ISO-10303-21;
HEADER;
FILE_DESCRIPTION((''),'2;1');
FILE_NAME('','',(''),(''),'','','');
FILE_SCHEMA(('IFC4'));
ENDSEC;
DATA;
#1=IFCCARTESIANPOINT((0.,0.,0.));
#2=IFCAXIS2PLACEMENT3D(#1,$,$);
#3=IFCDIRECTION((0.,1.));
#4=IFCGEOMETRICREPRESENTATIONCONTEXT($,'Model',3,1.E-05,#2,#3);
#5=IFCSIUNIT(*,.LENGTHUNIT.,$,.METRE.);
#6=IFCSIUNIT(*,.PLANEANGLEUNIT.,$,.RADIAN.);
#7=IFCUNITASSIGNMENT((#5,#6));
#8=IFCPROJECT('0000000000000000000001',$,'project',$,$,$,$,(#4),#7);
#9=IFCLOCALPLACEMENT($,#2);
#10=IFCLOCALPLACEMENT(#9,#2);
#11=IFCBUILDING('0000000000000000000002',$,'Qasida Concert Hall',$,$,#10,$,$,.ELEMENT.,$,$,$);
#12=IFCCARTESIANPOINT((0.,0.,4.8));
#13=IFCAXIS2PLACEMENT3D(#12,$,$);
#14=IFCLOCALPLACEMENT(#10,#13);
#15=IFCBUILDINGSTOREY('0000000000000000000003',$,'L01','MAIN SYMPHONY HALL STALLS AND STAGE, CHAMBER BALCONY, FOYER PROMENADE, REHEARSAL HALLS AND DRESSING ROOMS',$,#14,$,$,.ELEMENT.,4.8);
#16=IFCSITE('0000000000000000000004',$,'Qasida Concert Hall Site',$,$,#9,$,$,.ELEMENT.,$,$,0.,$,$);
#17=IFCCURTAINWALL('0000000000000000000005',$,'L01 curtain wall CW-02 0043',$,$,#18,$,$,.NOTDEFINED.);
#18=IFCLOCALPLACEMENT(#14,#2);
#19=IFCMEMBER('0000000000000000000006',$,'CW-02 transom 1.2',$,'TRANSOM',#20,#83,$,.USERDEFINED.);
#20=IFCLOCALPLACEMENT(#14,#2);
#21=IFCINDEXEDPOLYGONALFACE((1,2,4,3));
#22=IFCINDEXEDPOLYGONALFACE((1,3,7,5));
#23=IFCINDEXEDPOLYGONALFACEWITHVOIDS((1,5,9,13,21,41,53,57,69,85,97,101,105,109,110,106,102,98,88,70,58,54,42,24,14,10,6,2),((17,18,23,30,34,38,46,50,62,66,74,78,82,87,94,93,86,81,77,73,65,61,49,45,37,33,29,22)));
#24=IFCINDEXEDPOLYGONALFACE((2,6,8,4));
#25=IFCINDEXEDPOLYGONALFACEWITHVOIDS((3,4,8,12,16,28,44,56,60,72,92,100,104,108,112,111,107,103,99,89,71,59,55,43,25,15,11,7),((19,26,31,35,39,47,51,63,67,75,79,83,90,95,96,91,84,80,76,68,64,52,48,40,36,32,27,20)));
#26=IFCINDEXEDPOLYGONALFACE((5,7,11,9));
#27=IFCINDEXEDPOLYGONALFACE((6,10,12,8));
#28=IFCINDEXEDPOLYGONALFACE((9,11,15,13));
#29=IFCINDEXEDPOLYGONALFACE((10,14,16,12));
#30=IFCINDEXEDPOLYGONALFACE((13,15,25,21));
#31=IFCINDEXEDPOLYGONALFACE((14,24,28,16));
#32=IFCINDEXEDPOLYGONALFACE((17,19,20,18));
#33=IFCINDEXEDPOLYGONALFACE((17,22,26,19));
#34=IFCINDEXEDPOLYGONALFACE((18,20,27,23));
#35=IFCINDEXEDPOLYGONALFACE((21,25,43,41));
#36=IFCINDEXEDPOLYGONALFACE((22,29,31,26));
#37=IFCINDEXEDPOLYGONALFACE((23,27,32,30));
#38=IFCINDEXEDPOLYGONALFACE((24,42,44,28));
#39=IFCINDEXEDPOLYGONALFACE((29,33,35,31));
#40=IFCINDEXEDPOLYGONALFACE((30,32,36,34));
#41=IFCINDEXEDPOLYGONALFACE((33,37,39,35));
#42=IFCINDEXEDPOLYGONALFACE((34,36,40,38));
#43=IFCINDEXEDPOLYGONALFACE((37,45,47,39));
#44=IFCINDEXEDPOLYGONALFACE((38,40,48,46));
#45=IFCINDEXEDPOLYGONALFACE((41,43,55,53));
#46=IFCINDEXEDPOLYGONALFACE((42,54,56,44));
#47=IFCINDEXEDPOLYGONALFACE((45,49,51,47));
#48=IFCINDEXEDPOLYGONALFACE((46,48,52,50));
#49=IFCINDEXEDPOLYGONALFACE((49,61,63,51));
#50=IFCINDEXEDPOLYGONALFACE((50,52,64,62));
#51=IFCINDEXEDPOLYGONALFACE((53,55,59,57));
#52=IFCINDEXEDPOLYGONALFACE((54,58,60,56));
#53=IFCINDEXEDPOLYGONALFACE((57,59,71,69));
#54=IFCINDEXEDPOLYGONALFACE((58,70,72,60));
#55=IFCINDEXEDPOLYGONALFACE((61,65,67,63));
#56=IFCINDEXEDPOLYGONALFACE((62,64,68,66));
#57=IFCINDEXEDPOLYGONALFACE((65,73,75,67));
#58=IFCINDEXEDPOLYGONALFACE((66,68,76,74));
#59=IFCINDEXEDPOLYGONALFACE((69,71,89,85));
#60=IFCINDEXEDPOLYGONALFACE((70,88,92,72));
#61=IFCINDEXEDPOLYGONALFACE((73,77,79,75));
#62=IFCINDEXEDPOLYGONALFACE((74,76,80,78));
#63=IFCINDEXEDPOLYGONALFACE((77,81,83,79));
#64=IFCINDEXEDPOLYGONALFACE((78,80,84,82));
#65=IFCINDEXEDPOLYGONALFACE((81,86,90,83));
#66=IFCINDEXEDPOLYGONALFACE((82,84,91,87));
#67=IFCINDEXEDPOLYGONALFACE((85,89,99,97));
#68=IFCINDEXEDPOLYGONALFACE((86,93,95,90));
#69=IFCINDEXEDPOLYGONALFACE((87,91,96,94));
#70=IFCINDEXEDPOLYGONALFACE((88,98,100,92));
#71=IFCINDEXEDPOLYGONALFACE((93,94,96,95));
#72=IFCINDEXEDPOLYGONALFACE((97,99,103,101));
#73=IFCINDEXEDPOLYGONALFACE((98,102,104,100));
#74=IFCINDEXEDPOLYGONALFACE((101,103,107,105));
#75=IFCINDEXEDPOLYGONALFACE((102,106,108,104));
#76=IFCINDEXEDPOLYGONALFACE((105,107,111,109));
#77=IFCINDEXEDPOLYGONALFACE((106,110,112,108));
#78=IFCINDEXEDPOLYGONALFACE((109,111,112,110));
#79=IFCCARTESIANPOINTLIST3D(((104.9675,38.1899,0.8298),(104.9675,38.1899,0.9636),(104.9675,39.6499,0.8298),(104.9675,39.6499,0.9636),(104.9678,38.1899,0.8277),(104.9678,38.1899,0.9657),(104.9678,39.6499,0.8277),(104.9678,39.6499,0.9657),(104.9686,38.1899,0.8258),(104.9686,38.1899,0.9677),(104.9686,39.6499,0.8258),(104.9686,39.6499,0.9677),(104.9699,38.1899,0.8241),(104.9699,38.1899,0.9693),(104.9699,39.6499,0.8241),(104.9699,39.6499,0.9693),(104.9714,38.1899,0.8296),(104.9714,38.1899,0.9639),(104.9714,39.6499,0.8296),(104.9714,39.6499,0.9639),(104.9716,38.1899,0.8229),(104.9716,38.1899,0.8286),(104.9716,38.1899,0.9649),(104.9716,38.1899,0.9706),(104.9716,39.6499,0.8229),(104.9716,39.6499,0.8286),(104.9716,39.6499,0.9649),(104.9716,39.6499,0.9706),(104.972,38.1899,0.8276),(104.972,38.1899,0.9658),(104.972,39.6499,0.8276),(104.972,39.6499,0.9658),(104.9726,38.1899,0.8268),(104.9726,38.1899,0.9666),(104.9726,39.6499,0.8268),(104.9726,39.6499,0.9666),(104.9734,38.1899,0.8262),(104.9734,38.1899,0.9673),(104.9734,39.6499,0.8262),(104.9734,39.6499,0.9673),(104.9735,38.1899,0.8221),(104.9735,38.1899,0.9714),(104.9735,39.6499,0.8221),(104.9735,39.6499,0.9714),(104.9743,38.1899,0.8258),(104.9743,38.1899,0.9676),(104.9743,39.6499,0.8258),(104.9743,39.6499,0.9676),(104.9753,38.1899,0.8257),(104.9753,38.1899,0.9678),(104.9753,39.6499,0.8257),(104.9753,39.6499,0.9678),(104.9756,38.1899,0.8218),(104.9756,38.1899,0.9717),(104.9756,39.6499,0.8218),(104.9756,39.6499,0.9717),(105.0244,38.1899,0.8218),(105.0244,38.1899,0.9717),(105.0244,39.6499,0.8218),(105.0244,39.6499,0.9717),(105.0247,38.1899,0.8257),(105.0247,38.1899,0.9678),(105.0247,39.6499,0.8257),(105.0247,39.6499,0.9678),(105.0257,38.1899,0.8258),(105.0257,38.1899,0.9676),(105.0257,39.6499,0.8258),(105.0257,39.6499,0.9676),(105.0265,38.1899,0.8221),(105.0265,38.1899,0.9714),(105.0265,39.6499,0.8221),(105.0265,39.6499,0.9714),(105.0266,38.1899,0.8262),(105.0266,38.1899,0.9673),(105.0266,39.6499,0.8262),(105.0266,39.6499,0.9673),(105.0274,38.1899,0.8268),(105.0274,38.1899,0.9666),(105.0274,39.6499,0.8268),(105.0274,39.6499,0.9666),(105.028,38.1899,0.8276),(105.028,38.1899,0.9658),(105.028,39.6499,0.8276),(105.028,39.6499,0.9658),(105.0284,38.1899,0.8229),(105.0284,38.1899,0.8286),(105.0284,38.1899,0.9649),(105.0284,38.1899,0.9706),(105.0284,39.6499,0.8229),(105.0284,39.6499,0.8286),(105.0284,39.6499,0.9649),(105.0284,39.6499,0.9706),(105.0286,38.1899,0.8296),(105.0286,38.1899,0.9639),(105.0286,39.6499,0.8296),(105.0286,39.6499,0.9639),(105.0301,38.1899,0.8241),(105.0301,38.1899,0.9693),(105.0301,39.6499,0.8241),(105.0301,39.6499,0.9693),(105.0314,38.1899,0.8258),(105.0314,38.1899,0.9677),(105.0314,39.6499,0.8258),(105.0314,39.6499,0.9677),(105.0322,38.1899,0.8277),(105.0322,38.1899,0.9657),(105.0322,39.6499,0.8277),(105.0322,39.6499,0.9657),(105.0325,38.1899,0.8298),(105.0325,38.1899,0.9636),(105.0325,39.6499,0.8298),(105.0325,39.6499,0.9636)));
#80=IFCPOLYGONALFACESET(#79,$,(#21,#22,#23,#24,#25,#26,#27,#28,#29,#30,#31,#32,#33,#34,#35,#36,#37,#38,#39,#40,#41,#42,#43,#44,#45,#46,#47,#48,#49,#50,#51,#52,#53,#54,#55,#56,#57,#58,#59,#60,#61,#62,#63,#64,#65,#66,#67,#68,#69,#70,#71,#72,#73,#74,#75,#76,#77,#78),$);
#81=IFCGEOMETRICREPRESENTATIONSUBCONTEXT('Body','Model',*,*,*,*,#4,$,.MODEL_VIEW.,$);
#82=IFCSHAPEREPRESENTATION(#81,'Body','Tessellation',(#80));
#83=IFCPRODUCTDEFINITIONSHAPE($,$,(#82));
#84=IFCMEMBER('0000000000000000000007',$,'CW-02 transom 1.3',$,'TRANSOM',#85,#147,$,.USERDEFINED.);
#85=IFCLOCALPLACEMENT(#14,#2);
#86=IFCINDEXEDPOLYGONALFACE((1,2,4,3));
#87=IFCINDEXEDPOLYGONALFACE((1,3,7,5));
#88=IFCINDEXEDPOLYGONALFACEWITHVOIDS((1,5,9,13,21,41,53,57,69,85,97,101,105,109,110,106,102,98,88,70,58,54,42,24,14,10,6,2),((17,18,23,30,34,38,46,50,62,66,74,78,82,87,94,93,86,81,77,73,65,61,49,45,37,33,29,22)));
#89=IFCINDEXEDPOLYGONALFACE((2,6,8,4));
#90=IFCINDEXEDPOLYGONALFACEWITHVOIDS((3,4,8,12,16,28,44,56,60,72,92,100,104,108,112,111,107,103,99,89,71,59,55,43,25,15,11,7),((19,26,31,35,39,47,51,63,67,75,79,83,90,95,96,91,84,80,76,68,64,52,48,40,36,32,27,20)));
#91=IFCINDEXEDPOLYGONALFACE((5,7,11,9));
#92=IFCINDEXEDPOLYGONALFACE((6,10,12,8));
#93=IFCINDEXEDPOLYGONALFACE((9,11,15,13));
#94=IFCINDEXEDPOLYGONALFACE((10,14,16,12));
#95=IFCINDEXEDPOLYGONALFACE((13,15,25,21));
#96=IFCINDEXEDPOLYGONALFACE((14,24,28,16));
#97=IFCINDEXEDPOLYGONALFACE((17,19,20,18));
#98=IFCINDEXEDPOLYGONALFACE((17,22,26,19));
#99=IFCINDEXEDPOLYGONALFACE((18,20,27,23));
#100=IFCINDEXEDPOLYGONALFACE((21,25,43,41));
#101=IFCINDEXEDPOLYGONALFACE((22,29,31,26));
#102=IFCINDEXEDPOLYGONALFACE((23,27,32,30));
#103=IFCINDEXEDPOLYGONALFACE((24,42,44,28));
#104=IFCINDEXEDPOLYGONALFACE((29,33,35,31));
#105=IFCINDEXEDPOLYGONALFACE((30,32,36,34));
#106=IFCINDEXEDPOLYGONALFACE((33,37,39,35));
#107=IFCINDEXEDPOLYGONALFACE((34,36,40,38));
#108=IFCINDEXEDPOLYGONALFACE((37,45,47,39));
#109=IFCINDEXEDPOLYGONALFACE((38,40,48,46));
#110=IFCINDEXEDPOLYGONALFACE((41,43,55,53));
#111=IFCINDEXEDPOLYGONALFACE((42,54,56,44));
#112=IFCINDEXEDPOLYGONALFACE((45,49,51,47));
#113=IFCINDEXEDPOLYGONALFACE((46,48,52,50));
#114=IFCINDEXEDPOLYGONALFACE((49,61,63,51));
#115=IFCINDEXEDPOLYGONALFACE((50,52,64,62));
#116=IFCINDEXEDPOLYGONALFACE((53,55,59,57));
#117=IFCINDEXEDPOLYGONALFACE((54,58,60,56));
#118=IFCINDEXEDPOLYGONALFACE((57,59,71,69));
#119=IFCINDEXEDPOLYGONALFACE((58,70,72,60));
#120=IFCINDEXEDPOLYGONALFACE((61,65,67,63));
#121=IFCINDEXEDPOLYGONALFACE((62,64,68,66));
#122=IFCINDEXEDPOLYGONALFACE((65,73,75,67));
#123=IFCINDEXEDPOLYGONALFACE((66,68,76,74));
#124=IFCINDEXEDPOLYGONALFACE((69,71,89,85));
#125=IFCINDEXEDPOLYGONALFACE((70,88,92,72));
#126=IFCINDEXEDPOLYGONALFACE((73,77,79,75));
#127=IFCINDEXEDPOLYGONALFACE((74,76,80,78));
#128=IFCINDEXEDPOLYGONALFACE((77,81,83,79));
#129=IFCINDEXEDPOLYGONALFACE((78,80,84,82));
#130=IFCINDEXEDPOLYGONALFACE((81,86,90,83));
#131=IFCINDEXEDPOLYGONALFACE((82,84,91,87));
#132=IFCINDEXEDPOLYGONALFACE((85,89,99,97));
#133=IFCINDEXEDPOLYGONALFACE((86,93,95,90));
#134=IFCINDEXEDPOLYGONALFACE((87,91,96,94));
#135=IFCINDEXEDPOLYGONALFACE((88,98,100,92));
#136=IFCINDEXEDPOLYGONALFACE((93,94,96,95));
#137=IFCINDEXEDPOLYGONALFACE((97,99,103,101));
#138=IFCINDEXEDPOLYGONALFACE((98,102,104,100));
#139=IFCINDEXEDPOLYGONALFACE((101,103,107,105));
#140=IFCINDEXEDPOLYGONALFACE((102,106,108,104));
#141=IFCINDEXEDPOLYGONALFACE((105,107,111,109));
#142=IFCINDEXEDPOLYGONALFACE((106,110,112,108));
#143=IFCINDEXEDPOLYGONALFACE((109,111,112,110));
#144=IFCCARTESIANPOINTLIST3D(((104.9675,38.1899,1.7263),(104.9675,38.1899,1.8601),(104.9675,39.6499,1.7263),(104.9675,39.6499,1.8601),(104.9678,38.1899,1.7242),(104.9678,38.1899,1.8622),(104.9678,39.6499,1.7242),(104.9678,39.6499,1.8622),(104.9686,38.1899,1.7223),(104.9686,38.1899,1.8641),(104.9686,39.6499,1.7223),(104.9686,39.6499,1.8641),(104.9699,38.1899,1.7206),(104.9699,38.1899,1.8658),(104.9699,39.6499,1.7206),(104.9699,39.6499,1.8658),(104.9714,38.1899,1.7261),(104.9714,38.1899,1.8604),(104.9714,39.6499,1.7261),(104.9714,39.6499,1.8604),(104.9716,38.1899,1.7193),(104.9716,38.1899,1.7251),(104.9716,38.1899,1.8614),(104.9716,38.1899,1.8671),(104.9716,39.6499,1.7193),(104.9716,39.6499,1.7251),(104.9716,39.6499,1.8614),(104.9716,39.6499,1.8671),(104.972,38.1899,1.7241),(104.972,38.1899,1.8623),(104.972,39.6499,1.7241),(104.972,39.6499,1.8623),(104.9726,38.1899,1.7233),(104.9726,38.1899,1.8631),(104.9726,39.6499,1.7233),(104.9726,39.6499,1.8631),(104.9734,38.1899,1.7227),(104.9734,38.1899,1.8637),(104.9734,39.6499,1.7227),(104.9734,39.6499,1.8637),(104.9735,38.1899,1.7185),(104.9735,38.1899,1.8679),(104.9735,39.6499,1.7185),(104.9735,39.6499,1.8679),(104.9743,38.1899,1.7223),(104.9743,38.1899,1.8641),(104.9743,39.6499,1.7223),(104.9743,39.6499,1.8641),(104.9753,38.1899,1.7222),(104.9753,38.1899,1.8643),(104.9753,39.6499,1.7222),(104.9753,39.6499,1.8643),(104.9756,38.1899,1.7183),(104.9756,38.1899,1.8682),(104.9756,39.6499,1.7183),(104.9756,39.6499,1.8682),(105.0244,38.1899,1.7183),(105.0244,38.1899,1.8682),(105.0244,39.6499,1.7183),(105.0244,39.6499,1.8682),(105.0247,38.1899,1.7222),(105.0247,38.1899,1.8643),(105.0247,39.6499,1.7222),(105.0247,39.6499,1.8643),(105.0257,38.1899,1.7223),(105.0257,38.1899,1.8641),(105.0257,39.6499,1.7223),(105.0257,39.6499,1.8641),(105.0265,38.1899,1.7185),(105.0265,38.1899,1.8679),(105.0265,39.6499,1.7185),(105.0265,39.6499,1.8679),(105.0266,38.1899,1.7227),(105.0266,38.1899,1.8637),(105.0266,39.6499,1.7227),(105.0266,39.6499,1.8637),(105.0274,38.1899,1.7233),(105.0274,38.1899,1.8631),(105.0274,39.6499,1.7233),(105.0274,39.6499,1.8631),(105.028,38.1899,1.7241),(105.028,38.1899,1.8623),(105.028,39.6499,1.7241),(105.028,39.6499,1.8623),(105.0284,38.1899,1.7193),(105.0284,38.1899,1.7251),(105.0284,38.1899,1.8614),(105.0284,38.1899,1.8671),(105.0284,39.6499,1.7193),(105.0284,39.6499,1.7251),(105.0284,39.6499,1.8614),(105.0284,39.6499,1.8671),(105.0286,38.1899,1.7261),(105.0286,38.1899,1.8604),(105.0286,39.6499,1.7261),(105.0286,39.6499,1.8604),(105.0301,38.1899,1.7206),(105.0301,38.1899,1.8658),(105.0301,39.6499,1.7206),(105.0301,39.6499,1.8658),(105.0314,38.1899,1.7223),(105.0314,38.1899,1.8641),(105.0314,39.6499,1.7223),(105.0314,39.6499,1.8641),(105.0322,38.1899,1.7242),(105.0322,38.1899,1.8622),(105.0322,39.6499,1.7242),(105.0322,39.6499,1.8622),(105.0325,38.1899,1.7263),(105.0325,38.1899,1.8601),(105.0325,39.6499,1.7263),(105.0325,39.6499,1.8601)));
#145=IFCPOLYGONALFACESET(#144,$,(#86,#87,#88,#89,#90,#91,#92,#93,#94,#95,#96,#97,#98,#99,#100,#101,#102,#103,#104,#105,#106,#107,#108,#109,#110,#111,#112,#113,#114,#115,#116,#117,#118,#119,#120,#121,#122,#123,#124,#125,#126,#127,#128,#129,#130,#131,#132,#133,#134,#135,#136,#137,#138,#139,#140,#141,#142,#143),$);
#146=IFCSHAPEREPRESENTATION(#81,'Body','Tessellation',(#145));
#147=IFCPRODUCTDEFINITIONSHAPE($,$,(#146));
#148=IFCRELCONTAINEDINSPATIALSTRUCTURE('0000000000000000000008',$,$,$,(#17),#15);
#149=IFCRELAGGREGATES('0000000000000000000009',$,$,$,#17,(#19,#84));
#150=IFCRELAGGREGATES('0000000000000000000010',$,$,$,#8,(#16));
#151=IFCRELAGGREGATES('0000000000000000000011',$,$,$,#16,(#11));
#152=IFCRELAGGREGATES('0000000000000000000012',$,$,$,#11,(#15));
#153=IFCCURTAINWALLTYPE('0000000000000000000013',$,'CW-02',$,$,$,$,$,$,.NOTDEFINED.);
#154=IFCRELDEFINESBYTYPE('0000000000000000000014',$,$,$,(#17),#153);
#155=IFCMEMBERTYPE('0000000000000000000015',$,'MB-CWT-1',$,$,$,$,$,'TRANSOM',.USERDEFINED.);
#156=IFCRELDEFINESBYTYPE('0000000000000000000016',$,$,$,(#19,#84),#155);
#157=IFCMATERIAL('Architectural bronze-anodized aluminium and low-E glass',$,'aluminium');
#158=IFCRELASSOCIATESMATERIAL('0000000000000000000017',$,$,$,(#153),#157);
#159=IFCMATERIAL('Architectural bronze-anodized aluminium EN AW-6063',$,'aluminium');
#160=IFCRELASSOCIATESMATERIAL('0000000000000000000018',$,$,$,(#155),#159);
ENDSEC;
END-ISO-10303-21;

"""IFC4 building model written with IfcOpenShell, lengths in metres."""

from ifc_helpers import new_model, si_unit, direction, frame, origin, origin_2d, place, context, subcontext, project, spatial, hollow_rectangle, extrude, material, material_profile, profile_set, type_object, element, aggregate, save


model = new_model("IFC4")

# Units and contexts
model_context = context("Model", 3, precision=1e-05, world=origin(), true_north=direction((0.0, 1.0)))
body_context = subcontext(model_context, "Body", "Model", "MODEL_VIEW")
ifc_project = project(units=[si_unit("LENGTHUNIT", "METRE"), si_unit("PLANEANGLEUNIT", "RADIAN")], contexts=[model_context])

# Site, building, storey
site_placement = place(None, origin())
site = spatial("IfcSite", under=ifc_project, at=site_placement, Name="Qasida Concert Hall Site", CompositionType="ELEMENT", RefElevation=0.0)
building_placement = place(site_placement, origin())
building = spatial("IfcBuilding", under=site, at=building_placement, Name="Qasida Concert Hall", CompositionType="ELEMENT")
storey_placement = place(building_placement, frame((0.0, 0.0, 4.8)))
storey = spatial("IfcBuildingStorey", under=building, at=storey_placement, Name="L01", Description="MAIN SYMPHONY HALL STALLS AND STAGE, CHAMBER BALCONY, FOYER PROMENADE, REHEARSAL HALLS AND DRESSING ROOMS", CompositionType="ELEMENT", Elevation=4.8)

# Curtain wall, members
ifc_material_1 = material(Name="Architectural bronze-anodized aluminium and low-E glass", Category="aluminium")
curtain_wall_type = type_object("IfcCurtainWallType", Name="CW-02", PredefinedType="NOTDEFINED", material=ifc_material_1)
curtain_wall_placement = place(storey_placement, origin())
curtain_wall = element("IfcCurtainWall", 1, at=curtain_wall_placement, inside=storey, type_object=curtain_wall_type, Name="L01 curtain wall CW-02 0043", PredefinedType="NOTDEFINED")
ifc_material_2 = material(Name="Architectural bronze-anodized aluminium EN AW-6063", Category="aluminium")
ifc_material_profile_1 = material_profile(ifc_material_2, hollow_rectangle(XDim=0.0649, YDim=0.1499, WallThickness=0.0039, InnerFilletRadius=0.0039, OuterFilletRadius=0.0081, at=origin_2d()), Name="CWT 150x65x4")
ifc_profile_set_1 = profile_set([ifc_material_profile_1], Name="Architectural bronze-anodized aluminium EN AW-6063")
member_type_1 = type_object("IfcMemberType", Name="MB-CWT-1", ElementType="TRANSOM", PredefinedType="USERDEFINED", material=ifc_profile_set_1)
member_1_placement = place(storey_placement, frame((105.0, 38.1899, 0.8967), z_axis=(0.0, 1.0, 0.0), x_axis=(-1.0, 0.0, 0.0)))
member_1 = element("IfcMember", 2, at=member_1_placement, type_object=member_type_1, Name="CW-02 transom 1.2", ObjectType="TRANSOM", PredefinedType="USERDEFINED", context=body_context, shape_type="SweptSolid", body=[
    extrude(hollow_rectangle(XDim=0.0649, YDim=0.1499, WallThickness=0.0039, InnerFilletRadius=0.0039, OuterFilletRadius=0.0081, at=origin_2d()), origin(), (0.0, 0.0, 1.0), 1.46),
])
member_2_placement = place(storey_placement, frame((105.0, 38.1899, 1.7932), z_axis=(0.0, 1.0, 0.0), x_axis=(-1.0, 0.0, 0.0)))
member_2 = element("IfcMember", 3, at=member_2_placement, type_object=member_type_1, Name="CW-02 transom 1.3", ObjectType="TRANSOM", PredefinedType="USERDEFINED", context=body_context, shape_type="SweptSolid", body=[
    extrude(hollow_rectangle(XDim=0.0649, YDim=0.1499, WallThickness=0.0039, InnerFilletRadius=0.0039, OuterFilletRadius=0.0081, at=origin_2d()), origin(), (0.0, 0.0, 1.0), 1.46),
])
aggregate(curtain_wall, [member_1, member_2])

save(model, "model.ifc")
